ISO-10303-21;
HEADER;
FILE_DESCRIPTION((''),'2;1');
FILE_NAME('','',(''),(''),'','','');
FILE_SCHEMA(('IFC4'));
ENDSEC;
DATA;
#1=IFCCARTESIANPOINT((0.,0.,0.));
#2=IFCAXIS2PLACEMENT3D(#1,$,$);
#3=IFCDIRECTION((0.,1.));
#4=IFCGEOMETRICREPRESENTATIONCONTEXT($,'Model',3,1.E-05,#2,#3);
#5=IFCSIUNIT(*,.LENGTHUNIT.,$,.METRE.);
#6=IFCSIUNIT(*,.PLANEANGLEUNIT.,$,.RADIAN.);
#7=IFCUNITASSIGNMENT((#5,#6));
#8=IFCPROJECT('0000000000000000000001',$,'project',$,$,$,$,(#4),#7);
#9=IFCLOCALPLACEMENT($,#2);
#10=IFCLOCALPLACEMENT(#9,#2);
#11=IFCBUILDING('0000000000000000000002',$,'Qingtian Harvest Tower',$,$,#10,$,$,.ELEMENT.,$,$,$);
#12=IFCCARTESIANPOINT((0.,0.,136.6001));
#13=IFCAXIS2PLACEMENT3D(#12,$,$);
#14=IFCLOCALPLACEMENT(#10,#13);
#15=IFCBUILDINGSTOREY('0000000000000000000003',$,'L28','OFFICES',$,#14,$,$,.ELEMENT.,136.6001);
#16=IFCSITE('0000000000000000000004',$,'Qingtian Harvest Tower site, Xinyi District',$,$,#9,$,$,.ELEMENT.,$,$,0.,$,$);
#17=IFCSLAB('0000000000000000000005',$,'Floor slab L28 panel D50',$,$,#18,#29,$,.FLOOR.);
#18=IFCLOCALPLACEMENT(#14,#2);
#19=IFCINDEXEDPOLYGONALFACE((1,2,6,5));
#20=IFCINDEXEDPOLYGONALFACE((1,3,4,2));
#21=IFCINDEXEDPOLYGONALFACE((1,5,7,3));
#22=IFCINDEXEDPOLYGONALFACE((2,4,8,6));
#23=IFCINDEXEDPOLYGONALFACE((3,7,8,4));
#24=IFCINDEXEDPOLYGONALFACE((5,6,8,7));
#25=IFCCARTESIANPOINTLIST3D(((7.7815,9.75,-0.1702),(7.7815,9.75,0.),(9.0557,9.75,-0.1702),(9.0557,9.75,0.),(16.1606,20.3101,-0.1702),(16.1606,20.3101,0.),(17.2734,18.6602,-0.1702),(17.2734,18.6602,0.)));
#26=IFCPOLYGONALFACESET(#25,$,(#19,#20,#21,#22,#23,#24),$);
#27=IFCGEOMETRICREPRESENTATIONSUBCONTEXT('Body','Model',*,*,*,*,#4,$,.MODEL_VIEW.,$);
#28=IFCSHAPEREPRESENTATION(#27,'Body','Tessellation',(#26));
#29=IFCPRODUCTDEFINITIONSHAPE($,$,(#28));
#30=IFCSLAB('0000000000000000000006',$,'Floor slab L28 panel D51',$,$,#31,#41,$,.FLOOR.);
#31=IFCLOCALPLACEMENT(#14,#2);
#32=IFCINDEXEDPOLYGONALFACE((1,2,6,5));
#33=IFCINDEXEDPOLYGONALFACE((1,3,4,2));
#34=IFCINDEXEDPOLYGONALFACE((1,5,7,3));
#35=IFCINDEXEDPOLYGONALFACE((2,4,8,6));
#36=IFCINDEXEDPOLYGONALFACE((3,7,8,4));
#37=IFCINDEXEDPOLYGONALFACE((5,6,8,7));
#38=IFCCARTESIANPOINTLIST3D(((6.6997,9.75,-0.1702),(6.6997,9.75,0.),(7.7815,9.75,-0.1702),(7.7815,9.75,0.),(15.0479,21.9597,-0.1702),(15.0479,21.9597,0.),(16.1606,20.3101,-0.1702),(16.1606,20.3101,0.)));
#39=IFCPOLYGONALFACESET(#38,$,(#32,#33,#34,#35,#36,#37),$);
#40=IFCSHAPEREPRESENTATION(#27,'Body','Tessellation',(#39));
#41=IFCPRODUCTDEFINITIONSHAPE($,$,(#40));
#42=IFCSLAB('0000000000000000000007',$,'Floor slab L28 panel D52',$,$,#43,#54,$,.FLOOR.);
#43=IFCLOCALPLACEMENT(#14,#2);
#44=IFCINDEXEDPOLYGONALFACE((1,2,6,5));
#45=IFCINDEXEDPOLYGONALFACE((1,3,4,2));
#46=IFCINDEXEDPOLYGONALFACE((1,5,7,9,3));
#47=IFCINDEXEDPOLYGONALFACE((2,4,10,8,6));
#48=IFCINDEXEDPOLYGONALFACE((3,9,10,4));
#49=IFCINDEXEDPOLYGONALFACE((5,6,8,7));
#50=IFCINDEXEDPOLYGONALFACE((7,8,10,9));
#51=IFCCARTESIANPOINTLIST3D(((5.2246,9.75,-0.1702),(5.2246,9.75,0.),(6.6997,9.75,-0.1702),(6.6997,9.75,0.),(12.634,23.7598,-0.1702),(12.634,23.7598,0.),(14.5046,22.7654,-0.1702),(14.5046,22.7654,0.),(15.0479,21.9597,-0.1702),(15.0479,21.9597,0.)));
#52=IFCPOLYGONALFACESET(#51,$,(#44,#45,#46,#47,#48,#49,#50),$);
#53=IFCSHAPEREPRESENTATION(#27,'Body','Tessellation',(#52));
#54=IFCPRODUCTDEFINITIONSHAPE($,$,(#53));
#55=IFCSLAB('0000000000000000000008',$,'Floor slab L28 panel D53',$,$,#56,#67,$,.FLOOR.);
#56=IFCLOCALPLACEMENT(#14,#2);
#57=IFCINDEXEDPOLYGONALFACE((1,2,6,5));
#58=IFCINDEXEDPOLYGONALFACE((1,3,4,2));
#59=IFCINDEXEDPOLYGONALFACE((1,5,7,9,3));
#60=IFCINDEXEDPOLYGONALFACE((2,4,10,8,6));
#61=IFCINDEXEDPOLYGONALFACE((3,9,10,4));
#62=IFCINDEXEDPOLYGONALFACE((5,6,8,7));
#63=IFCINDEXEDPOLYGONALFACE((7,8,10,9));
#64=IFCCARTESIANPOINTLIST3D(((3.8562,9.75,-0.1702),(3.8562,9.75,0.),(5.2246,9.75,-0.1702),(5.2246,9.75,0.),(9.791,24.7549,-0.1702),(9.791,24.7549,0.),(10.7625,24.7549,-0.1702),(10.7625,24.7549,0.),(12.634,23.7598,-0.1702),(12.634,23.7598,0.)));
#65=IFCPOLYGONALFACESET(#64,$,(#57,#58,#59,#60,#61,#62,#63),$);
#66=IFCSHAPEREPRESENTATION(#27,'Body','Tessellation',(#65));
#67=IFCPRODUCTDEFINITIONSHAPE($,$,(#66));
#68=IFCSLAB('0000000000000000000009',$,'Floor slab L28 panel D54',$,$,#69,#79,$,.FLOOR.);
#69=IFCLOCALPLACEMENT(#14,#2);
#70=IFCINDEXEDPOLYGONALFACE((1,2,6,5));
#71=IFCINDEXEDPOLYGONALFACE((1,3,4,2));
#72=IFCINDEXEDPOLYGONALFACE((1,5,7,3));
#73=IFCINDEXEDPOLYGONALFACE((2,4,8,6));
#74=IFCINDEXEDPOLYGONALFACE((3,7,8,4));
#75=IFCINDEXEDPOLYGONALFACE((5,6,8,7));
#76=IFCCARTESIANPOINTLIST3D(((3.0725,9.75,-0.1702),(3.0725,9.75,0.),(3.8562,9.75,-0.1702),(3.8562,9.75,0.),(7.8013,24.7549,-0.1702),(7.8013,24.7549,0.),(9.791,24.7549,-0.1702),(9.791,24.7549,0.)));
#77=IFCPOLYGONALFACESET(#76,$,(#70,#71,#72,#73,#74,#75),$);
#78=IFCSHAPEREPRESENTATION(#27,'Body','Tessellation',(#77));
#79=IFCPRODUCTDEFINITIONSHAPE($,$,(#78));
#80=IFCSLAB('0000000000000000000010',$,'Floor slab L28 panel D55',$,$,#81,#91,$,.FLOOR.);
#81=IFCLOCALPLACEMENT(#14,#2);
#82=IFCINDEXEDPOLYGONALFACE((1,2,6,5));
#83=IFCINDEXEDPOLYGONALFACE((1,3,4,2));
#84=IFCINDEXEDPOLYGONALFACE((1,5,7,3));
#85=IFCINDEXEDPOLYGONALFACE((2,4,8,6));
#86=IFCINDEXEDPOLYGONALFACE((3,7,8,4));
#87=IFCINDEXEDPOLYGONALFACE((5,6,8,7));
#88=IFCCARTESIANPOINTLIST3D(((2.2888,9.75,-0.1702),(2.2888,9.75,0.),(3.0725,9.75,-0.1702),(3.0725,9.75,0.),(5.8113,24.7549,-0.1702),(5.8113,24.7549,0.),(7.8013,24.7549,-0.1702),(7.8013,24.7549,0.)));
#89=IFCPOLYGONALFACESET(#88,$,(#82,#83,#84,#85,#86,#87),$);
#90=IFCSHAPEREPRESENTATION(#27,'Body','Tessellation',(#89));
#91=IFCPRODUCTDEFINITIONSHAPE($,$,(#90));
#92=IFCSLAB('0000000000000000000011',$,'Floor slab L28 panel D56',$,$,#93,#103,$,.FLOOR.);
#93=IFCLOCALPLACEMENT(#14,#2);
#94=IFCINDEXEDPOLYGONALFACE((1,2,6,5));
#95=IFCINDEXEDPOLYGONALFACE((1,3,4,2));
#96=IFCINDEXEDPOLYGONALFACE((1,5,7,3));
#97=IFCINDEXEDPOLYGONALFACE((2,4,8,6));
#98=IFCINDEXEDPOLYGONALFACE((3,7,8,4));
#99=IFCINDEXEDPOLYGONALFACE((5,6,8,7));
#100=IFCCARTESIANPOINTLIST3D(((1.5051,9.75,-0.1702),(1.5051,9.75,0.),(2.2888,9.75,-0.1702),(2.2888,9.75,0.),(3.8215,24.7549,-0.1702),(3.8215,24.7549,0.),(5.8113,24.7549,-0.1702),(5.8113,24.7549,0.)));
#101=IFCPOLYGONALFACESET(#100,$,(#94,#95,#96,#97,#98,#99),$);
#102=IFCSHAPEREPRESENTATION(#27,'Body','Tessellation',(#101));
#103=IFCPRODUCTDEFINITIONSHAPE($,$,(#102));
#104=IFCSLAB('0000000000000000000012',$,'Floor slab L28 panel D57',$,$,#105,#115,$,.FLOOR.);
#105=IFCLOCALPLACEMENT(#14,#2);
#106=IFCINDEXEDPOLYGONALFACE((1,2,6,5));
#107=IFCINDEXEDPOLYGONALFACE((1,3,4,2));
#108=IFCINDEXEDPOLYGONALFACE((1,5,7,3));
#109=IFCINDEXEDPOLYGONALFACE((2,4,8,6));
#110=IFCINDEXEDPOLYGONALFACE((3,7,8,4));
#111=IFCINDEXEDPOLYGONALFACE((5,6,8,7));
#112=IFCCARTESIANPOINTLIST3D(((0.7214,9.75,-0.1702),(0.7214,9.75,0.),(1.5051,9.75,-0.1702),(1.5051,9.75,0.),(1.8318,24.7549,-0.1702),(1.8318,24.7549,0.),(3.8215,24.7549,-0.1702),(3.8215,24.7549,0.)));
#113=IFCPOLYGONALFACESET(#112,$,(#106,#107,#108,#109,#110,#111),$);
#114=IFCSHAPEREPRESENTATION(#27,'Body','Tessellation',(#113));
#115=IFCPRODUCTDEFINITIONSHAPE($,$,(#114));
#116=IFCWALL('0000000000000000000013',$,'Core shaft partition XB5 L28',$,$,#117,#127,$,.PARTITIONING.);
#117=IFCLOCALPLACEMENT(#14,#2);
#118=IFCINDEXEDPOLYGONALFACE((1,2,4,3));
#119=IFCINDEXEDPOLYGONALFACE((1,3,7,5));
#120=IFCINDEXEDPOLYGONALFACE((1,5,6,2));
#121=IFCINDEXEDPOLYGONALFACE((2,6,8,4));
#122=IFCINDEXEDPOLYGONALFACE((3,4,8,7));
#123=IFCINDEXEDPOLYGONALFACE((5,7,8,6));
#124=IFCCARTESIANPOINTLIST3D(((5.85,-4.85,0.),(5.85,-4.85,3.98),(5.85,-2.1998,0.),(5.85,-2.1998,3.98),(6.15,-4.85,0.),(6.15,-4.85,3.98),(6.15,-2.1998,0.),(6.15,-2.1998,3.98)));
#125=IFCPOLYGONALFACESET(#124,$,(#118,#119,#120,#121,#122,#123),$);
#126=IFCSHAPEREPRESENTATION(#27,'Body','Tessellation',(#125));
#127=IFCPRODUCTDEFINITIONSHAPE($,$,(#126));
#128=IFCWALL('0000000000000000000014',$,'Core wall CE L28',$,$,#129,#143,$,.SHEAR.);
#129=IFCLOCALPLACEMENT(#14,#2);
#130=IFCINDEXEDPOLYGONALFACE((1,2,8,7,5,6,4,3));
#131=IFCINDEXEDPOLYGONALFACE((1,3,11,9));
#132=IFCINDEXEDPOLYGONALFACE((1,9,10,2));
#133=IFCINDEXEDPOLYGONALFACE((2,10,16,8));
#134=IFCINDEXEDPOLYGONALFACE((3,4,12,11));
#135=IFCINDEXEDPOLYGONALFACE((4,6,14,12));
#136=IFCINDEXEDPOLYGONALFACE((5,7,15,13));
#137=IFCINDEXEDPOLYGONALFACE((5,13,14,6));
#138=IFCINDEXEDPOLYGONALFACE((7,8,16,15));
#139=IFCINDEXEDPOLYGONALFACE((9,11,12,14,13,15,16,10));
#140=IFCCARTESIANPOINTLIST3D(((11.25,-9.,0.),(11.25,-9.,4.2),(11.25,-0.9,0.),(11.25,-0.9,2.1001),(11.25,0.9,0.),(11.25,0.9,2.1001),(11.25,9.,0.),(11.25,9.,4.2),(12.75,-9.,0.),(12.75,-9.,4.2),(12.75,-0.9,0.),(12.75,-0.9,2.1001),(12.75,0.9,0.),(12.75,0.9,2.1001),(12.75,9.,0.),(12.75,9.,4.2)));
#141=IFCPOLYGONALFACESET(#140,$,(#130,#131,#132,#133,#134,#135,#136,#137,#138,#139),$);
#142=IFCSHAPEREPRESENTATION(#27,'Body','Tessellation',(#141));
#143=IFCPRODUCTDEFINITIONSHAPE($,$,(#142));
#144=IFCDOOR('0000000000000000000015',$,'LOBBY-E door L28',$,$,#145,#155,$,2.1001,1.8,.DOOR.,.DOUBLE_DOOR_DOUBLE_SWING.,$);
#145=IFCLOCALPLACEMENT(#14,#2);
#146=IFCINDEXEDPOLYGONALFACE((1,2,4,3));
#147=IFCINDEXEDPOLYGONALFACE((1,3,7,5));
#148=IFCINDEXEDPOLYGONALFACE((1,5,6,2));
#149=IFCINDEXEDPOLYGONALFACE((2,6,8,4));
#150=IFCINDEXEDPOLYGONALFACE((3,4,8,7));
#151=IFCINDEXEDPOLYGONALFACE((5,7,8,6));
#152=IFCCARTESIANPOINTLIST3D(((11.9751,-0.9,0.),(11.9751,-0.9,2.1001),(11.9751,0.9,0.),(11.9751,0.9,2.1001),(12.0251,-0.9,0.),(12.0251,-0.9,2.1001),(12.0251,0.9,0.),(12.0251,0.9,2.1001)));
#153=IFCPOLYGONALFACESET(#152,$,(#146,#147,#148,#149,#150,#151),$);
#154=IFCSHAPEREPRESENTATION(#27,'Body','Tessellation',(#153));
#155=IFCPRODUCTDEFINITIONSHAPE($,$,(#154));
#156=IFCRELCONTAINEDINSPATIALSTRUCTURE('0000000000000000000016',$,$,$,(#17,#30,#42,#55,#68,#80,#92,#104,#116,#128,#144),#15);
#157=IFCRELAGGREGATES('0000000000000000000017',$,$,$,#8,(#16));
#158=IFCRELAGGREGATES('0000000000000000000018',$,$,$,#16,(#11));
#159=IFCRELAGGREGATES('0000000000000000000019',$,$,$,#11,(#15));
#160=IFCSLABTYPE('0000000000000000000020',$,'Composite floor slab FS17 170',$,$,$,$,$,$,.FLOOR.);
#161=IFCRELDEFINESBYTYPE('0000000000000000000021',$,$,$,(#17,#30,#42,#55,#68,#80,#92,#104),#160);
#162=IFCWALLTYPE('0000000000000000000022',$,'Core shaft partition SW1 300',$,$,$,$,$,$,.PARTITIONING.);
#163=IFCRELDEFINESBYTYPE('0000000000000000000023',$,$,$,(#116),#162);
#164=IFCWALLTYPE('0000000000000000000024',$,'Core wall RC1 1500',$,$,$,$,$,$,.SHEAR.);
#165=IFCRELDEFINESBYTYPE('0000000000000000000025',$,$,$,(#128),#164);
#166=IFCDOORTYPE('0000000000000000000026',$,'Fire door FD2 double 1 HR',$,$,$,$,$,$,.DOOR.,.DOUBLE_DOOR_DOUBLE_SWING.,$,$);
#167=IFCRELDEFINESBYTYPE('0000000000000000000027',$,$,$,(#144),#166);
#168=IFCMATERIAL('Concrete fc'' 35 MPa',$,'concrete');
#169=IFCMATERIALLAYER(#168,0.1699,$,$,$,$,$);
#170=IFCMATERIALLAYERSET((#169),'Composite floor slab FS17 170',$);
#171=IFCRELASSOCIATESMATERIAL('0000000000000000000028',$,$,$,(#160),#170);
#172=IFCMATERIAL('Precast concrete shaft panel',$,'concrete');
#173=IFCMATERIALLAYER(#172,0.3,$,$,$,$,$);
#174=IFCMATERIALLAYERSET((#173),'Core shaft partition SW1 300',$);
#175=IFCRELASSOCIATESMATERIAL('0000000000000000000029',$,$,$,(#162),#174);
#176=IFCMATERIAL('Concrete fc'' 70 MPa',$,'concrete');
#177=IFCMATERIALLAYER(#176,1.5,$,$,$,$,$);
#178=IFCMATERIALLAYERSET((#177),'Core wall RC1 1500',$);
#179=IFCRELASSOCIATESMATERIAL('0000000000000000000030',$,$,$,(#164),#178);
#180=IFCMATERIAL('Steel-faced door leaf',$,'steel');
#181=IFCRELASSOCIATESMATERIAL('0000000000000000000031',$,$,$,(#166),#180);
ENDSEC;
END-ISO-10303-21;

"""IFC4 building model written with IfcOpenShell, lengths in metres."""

from ifc_helpers import new_model, si_unit, direction, frame, frame_2d, origin, place, context, subcontext, project, spatial, polyline, rectangle, outline, extrude, material, layer, layer_set, type_object, element, fill, save


model = new_model("IFC4")

# Units and contexts
model_context = context("Model", 3, precision=1e-05, world=origin(), true_north=direction((0.0, 1.0)))
body_context = subcontext(model_context, "Body", "Model", "MODEL_VIEW")
ifc_project = project(units=[si_unit("LENGTHUNIT", "METRE"), si_unit("PLANEANGLEUNIT", "RADIAN")], contexts=[model_context])

# Site, building, storey
site_placement = place(None, origin())
site = spatial("IfcSite", under=ifc_project, at=site_placement, Name="Qingtian Harvest Tower site, Xinyi District", CompositionType="ELEMENT", RefElevation=0.0)
building_placement = place(site_placement, origin())
building = spatial("IfcBuilding", under=site, at=building_placement, Name="Qingtian Harvest Tower", CompositionType="ELEMENT")
storey_placement = place(building_placement, frame((0.0, 0.0, 136.6001)))
storey = spatial("IfcBuildingStorey", under=building, at=storey_placement, Name="L28", Description="OFFICES", CompositionType="ELEMENT", Elevation=136.6001)

# Slabs
ifc_material_1 = material(Name="Concrete fc' 35 MPa", Category="concrete")
ifc_layer_1 = layer(ifc_material_1, 0.1699)
ifc_layer_set_1 = layer_set([ifc_layer_1], Name="Composite floor slab FS17 170")
slab_type = type_object("IfcSlabType", Name="Composite floor slab FS17 170", PredefinedType="FLOOR", material=ifc_layer_set_1)
slab_1_placement = place(storey_placement, frame((0.0, 0.0, -0.1702)))
element("IfcSlab", 1, at=slab_1_placement, inside=storey, type_object=slab_type, Name="Floor slab L28 panel D50", PredefinedType="FLOOR", context=body_context, shape_type="SweptSolid", body=[
    extrude(outline(polyline([(7.7815, 9.75), (16.1606, 20.3101), (17.2734, 18.6602), (9.0557, 9.75), (7.7815, 9.75)])), origin(), (0.0, 0.0, 1.0), 0.1702),
])
slab_2_placement = place(storey_placement, frame((0.0, 0.0, -0.1702)))
element("IfcSlab", 2, at=slab_2_placement, inside=storey, type_object=slab_type, Name="Floor slab L28 panel D51", PredefinedType="FLOOR", context=body_context, shape_type="SweptSolid", body=[
    extrude(outline(polyline([(6.6997, 9.75), (15.0479, 21.9597), (16.1606, 20.3101), (7.7815, 9.75), (6.6997, 9.75)])), origin(), (0.0, 0.0, 1.0), 0.1702),
])
slab_3_placement = place(storey_placement, frame((0.0, 0.0, -0.1702)))
element("IfcSlab", 3, at=slab_3_placement, inside=storey, type_object=slab_type, Name="Floor slab L28 panel D52", PredefinedType="FLOOR", context=body_context, shape_type="SweptSolid", body=[
    extrude(outline(polyline([(6.6997, 9.75), (5.2246, 9.75), (12.634, 23.7598), (14.5046, 22.7654), (15.0479, 21.9597), (6.6997, 9.75)])), origin(), (0.0, 0.0, 1.0), 0.1702),
])
slab_4_placement = place(storey_placement, frame((0.0, 0.0, -0.1702)))
element("IfcSlab", 4, at=slab_4_placement, inside=storey, type_object=slab_type, Name="Floor slab L28 panel D53", PredefinedType="FLOOR", context=body_context, shape_type="SweptSolid", body=[
    extrude(outline(polyline([(3.8562, 9.75), (9.791, 24.7549), (10.7625, 24.7549), (12.634, 23.7598), (5.2246, 9.75), (3.8562, 9.75)])), origin(), (0.0, 0.0, 1.0), 0.1702),
])
slab_5_placement = place(storey_placement, frame((0.0, 0.0, -0.1702)))
element("IfcSlab", 5, at=slab_5_placement, inside=storey, type_object=slab_type, Name="Floor slab L28 panel D54", PredefinedType="FLOOR", context=body_context, shape_type="SweptSolid", body=[
    extrude(outline(polyline([(3.0725, 9.75), (7.8013, 24.7549), (9.791, 24.7549), (3.8562, 9.75), (3.0725, 9.75)])), origin(), (0.0, 0.0, 1.0), 0.1702),
])
slab_6_placement = place(storey_placement, frame((0.0, 0.0, -0.1702)))
element("IfcSlab", 6, at=slab_6_placement, inside=storey, type_object=slab_type, Name="Floor slab L28 panel D55", PredefinedType="FLOOR", context=body_context, shape_type="SweptSolid", body=[
    extrude(outline(polyline([(2.2888, 9.75), (5.8113, 24.7549), (7.8013, 24.7549), (3.0725, 9.75), (2.2888, 9.75)])), origin(), (0.0, 0.0, 1.0), 0.1702),
])
slab_7_placement = place(storey_placement, frame((0.0, 0.0, -0.1702)))
element("IfcSlab", 7, at=slab_7_placement, inside=storey, type_object=slab_type, Name="Floor slab L28 panel D56", PredefinedType="FLOOR", context=body_context, shape_type="SweptSolid", body=[
    extrude(outline(polyline([(1.5051, 9.75), (3.8215, 24.7549), (5.8113, 24.7549), (2.2888, 9.75), (1.5051, 9.75)])), origin(), (0.0, 0.0, 1.0), 0.1702),
])
slab_8_placement = place(storey_placement, frame((0.0, 0.0, -0.1702)))
element("IfcSlab", 8, at=slab_8_placement, inside=storey, type_object=slab_type, Name="Floor slab L28 panel D57", PredefinedType="FLOOR", context=body_context, shape_type="SweptSolid", body=[
    extrude(outline(polyline([(0.7214, 9.75), (1.8318, 24.7549), (3.8215, 24.7549), (1.5051, 9.75), (0.7214, 9.75)])), origin(), (0.0, 0.0, 1.0), 0.1702),
])

# Wall
ifc_material_2 = material(Name="Precast concrete shaft panel", Category="concrete")
ifc_layer_2 = layer(ifc_material_2, 0.3)
ifc_layer_set_2 = layer_set([ifc_layer_2], Name="Core shaft partition SW1 300")
wall_type_1 = type_object("IfcWallType", Name="Core shaft partition SW1 300", PredefinedType="PARTITIONING", material=ifc_layer_set_2)
wall_1_placement = place(storey_placement, frame((6.0, -4.8501, 0.0), z_axis=(0.0, 0.0, 1.0), x_axis=(0.0, 1.0, 0.0)))
element("IfcWall", 9, at=wall_1_placement, inside=storey, type_object=wall_type_1, Name="Core shaft partition XB5 L28", PredefinedType="PARTITIONING", context=body_context, shape_type="SweptSolid", body=[
    extrude(rectangle(XDim=2.6501, YDim=0.3, at=frame_2d((1.3252, 0.0))), origin(), (0.0, 0.0, 1.0), 3.98),
])

# Wall, opening, door
ifc_material_3 = material(Name="Concrete fc' 70 MPa", Category="concrete")
ifc_layer_3 = layer(ifc_material_3, 1.5)
ifc_layer_set_3 = layer_set([ifc_layer_3], Name="Core wall RC1 1500")
wall_type_2 = type_object("IfcWallType", Name="Core wall RC1 1500", PredefinedType="SHEAR", material=ifc_layer_set_3)
wall_2_placement = place(storey_placement, frame((12.0, -9.0, 0.0), z_axis=(0.0, 0.0, 1.0), x_axis=(0.0, 1.0, 0.0)))
wall_2 = element("IfcWall", 10, at=wall_2_placement, inside=storey, type_object=wall_type_2, Name="Core wall CE L28", PredefinedType="SHEAR", context=body_context, shape_type="SweptSolid", body=[
    extrude(rectangle(XDim=18.0, YDim=1.5, at=frame_2d((9.0, 0.0))), origin(), (0.0, 0.0, 1.0), 4.2),
])
opening_1_placement = place(wall_2_placement, frame((8.1001, 0.0, 0.0)))
opening_1 = element("IfcOpeningElement", 11, at=opening_1_placement, cuts=wall_2, PredefinedType="OPENING", context=body_context, shape_type="SweptSolid", body=[
    extrude(rectangle(XDim=1.8, YDim=2.1001, at=frame_2d((0.8999, 1.05))), frame((0.0, 0.76, 0.0), z_axis=(0.0, -1.0, 0.0), x_axis=(1.0, 0.0, 0.0)), (0.0, 0.0, 1.0), 1.52),
])
ifc_material_4 = material(Name="Steel-faced door leaf", Category="steel")
door_type_1 = type_object("IfcDoorType", Name="Fire door FD2 double 1 HR", OperationType="DOUBLE_DOOR_DOUBLE_SWING", PredefinedType="DOOR", material=ifc_material_4)
door_1_placement = place(opening_1_placement, origin())
door_1 = element("IfcDoor", 12, at=door_1_placement, inside=storey, type_object=door_type_1, Name="LOBBY-E door L28", OperationType="DOUBLE_DOOR_DOUBLE_SWING", OverallHeight=2.1001, OverallWidth=1.8, PredefinedType="DOOR", context=body_context, shape_type="SweptSolid", body=[
    extrude(rectangle(XDim=1.8, YDim=2.1001, at=frame_2d((0.8999, 1.05))), frame((0.0, 0.0249, 0.0), z_axis=(0.0, -1.0, 0.0), x_axis=(1.0, 0.0, 0.0)), (0.0, 0.0, 1.0), 0.05),
])
fill(opening_1, door_1)

save(model, "model.ifc")
